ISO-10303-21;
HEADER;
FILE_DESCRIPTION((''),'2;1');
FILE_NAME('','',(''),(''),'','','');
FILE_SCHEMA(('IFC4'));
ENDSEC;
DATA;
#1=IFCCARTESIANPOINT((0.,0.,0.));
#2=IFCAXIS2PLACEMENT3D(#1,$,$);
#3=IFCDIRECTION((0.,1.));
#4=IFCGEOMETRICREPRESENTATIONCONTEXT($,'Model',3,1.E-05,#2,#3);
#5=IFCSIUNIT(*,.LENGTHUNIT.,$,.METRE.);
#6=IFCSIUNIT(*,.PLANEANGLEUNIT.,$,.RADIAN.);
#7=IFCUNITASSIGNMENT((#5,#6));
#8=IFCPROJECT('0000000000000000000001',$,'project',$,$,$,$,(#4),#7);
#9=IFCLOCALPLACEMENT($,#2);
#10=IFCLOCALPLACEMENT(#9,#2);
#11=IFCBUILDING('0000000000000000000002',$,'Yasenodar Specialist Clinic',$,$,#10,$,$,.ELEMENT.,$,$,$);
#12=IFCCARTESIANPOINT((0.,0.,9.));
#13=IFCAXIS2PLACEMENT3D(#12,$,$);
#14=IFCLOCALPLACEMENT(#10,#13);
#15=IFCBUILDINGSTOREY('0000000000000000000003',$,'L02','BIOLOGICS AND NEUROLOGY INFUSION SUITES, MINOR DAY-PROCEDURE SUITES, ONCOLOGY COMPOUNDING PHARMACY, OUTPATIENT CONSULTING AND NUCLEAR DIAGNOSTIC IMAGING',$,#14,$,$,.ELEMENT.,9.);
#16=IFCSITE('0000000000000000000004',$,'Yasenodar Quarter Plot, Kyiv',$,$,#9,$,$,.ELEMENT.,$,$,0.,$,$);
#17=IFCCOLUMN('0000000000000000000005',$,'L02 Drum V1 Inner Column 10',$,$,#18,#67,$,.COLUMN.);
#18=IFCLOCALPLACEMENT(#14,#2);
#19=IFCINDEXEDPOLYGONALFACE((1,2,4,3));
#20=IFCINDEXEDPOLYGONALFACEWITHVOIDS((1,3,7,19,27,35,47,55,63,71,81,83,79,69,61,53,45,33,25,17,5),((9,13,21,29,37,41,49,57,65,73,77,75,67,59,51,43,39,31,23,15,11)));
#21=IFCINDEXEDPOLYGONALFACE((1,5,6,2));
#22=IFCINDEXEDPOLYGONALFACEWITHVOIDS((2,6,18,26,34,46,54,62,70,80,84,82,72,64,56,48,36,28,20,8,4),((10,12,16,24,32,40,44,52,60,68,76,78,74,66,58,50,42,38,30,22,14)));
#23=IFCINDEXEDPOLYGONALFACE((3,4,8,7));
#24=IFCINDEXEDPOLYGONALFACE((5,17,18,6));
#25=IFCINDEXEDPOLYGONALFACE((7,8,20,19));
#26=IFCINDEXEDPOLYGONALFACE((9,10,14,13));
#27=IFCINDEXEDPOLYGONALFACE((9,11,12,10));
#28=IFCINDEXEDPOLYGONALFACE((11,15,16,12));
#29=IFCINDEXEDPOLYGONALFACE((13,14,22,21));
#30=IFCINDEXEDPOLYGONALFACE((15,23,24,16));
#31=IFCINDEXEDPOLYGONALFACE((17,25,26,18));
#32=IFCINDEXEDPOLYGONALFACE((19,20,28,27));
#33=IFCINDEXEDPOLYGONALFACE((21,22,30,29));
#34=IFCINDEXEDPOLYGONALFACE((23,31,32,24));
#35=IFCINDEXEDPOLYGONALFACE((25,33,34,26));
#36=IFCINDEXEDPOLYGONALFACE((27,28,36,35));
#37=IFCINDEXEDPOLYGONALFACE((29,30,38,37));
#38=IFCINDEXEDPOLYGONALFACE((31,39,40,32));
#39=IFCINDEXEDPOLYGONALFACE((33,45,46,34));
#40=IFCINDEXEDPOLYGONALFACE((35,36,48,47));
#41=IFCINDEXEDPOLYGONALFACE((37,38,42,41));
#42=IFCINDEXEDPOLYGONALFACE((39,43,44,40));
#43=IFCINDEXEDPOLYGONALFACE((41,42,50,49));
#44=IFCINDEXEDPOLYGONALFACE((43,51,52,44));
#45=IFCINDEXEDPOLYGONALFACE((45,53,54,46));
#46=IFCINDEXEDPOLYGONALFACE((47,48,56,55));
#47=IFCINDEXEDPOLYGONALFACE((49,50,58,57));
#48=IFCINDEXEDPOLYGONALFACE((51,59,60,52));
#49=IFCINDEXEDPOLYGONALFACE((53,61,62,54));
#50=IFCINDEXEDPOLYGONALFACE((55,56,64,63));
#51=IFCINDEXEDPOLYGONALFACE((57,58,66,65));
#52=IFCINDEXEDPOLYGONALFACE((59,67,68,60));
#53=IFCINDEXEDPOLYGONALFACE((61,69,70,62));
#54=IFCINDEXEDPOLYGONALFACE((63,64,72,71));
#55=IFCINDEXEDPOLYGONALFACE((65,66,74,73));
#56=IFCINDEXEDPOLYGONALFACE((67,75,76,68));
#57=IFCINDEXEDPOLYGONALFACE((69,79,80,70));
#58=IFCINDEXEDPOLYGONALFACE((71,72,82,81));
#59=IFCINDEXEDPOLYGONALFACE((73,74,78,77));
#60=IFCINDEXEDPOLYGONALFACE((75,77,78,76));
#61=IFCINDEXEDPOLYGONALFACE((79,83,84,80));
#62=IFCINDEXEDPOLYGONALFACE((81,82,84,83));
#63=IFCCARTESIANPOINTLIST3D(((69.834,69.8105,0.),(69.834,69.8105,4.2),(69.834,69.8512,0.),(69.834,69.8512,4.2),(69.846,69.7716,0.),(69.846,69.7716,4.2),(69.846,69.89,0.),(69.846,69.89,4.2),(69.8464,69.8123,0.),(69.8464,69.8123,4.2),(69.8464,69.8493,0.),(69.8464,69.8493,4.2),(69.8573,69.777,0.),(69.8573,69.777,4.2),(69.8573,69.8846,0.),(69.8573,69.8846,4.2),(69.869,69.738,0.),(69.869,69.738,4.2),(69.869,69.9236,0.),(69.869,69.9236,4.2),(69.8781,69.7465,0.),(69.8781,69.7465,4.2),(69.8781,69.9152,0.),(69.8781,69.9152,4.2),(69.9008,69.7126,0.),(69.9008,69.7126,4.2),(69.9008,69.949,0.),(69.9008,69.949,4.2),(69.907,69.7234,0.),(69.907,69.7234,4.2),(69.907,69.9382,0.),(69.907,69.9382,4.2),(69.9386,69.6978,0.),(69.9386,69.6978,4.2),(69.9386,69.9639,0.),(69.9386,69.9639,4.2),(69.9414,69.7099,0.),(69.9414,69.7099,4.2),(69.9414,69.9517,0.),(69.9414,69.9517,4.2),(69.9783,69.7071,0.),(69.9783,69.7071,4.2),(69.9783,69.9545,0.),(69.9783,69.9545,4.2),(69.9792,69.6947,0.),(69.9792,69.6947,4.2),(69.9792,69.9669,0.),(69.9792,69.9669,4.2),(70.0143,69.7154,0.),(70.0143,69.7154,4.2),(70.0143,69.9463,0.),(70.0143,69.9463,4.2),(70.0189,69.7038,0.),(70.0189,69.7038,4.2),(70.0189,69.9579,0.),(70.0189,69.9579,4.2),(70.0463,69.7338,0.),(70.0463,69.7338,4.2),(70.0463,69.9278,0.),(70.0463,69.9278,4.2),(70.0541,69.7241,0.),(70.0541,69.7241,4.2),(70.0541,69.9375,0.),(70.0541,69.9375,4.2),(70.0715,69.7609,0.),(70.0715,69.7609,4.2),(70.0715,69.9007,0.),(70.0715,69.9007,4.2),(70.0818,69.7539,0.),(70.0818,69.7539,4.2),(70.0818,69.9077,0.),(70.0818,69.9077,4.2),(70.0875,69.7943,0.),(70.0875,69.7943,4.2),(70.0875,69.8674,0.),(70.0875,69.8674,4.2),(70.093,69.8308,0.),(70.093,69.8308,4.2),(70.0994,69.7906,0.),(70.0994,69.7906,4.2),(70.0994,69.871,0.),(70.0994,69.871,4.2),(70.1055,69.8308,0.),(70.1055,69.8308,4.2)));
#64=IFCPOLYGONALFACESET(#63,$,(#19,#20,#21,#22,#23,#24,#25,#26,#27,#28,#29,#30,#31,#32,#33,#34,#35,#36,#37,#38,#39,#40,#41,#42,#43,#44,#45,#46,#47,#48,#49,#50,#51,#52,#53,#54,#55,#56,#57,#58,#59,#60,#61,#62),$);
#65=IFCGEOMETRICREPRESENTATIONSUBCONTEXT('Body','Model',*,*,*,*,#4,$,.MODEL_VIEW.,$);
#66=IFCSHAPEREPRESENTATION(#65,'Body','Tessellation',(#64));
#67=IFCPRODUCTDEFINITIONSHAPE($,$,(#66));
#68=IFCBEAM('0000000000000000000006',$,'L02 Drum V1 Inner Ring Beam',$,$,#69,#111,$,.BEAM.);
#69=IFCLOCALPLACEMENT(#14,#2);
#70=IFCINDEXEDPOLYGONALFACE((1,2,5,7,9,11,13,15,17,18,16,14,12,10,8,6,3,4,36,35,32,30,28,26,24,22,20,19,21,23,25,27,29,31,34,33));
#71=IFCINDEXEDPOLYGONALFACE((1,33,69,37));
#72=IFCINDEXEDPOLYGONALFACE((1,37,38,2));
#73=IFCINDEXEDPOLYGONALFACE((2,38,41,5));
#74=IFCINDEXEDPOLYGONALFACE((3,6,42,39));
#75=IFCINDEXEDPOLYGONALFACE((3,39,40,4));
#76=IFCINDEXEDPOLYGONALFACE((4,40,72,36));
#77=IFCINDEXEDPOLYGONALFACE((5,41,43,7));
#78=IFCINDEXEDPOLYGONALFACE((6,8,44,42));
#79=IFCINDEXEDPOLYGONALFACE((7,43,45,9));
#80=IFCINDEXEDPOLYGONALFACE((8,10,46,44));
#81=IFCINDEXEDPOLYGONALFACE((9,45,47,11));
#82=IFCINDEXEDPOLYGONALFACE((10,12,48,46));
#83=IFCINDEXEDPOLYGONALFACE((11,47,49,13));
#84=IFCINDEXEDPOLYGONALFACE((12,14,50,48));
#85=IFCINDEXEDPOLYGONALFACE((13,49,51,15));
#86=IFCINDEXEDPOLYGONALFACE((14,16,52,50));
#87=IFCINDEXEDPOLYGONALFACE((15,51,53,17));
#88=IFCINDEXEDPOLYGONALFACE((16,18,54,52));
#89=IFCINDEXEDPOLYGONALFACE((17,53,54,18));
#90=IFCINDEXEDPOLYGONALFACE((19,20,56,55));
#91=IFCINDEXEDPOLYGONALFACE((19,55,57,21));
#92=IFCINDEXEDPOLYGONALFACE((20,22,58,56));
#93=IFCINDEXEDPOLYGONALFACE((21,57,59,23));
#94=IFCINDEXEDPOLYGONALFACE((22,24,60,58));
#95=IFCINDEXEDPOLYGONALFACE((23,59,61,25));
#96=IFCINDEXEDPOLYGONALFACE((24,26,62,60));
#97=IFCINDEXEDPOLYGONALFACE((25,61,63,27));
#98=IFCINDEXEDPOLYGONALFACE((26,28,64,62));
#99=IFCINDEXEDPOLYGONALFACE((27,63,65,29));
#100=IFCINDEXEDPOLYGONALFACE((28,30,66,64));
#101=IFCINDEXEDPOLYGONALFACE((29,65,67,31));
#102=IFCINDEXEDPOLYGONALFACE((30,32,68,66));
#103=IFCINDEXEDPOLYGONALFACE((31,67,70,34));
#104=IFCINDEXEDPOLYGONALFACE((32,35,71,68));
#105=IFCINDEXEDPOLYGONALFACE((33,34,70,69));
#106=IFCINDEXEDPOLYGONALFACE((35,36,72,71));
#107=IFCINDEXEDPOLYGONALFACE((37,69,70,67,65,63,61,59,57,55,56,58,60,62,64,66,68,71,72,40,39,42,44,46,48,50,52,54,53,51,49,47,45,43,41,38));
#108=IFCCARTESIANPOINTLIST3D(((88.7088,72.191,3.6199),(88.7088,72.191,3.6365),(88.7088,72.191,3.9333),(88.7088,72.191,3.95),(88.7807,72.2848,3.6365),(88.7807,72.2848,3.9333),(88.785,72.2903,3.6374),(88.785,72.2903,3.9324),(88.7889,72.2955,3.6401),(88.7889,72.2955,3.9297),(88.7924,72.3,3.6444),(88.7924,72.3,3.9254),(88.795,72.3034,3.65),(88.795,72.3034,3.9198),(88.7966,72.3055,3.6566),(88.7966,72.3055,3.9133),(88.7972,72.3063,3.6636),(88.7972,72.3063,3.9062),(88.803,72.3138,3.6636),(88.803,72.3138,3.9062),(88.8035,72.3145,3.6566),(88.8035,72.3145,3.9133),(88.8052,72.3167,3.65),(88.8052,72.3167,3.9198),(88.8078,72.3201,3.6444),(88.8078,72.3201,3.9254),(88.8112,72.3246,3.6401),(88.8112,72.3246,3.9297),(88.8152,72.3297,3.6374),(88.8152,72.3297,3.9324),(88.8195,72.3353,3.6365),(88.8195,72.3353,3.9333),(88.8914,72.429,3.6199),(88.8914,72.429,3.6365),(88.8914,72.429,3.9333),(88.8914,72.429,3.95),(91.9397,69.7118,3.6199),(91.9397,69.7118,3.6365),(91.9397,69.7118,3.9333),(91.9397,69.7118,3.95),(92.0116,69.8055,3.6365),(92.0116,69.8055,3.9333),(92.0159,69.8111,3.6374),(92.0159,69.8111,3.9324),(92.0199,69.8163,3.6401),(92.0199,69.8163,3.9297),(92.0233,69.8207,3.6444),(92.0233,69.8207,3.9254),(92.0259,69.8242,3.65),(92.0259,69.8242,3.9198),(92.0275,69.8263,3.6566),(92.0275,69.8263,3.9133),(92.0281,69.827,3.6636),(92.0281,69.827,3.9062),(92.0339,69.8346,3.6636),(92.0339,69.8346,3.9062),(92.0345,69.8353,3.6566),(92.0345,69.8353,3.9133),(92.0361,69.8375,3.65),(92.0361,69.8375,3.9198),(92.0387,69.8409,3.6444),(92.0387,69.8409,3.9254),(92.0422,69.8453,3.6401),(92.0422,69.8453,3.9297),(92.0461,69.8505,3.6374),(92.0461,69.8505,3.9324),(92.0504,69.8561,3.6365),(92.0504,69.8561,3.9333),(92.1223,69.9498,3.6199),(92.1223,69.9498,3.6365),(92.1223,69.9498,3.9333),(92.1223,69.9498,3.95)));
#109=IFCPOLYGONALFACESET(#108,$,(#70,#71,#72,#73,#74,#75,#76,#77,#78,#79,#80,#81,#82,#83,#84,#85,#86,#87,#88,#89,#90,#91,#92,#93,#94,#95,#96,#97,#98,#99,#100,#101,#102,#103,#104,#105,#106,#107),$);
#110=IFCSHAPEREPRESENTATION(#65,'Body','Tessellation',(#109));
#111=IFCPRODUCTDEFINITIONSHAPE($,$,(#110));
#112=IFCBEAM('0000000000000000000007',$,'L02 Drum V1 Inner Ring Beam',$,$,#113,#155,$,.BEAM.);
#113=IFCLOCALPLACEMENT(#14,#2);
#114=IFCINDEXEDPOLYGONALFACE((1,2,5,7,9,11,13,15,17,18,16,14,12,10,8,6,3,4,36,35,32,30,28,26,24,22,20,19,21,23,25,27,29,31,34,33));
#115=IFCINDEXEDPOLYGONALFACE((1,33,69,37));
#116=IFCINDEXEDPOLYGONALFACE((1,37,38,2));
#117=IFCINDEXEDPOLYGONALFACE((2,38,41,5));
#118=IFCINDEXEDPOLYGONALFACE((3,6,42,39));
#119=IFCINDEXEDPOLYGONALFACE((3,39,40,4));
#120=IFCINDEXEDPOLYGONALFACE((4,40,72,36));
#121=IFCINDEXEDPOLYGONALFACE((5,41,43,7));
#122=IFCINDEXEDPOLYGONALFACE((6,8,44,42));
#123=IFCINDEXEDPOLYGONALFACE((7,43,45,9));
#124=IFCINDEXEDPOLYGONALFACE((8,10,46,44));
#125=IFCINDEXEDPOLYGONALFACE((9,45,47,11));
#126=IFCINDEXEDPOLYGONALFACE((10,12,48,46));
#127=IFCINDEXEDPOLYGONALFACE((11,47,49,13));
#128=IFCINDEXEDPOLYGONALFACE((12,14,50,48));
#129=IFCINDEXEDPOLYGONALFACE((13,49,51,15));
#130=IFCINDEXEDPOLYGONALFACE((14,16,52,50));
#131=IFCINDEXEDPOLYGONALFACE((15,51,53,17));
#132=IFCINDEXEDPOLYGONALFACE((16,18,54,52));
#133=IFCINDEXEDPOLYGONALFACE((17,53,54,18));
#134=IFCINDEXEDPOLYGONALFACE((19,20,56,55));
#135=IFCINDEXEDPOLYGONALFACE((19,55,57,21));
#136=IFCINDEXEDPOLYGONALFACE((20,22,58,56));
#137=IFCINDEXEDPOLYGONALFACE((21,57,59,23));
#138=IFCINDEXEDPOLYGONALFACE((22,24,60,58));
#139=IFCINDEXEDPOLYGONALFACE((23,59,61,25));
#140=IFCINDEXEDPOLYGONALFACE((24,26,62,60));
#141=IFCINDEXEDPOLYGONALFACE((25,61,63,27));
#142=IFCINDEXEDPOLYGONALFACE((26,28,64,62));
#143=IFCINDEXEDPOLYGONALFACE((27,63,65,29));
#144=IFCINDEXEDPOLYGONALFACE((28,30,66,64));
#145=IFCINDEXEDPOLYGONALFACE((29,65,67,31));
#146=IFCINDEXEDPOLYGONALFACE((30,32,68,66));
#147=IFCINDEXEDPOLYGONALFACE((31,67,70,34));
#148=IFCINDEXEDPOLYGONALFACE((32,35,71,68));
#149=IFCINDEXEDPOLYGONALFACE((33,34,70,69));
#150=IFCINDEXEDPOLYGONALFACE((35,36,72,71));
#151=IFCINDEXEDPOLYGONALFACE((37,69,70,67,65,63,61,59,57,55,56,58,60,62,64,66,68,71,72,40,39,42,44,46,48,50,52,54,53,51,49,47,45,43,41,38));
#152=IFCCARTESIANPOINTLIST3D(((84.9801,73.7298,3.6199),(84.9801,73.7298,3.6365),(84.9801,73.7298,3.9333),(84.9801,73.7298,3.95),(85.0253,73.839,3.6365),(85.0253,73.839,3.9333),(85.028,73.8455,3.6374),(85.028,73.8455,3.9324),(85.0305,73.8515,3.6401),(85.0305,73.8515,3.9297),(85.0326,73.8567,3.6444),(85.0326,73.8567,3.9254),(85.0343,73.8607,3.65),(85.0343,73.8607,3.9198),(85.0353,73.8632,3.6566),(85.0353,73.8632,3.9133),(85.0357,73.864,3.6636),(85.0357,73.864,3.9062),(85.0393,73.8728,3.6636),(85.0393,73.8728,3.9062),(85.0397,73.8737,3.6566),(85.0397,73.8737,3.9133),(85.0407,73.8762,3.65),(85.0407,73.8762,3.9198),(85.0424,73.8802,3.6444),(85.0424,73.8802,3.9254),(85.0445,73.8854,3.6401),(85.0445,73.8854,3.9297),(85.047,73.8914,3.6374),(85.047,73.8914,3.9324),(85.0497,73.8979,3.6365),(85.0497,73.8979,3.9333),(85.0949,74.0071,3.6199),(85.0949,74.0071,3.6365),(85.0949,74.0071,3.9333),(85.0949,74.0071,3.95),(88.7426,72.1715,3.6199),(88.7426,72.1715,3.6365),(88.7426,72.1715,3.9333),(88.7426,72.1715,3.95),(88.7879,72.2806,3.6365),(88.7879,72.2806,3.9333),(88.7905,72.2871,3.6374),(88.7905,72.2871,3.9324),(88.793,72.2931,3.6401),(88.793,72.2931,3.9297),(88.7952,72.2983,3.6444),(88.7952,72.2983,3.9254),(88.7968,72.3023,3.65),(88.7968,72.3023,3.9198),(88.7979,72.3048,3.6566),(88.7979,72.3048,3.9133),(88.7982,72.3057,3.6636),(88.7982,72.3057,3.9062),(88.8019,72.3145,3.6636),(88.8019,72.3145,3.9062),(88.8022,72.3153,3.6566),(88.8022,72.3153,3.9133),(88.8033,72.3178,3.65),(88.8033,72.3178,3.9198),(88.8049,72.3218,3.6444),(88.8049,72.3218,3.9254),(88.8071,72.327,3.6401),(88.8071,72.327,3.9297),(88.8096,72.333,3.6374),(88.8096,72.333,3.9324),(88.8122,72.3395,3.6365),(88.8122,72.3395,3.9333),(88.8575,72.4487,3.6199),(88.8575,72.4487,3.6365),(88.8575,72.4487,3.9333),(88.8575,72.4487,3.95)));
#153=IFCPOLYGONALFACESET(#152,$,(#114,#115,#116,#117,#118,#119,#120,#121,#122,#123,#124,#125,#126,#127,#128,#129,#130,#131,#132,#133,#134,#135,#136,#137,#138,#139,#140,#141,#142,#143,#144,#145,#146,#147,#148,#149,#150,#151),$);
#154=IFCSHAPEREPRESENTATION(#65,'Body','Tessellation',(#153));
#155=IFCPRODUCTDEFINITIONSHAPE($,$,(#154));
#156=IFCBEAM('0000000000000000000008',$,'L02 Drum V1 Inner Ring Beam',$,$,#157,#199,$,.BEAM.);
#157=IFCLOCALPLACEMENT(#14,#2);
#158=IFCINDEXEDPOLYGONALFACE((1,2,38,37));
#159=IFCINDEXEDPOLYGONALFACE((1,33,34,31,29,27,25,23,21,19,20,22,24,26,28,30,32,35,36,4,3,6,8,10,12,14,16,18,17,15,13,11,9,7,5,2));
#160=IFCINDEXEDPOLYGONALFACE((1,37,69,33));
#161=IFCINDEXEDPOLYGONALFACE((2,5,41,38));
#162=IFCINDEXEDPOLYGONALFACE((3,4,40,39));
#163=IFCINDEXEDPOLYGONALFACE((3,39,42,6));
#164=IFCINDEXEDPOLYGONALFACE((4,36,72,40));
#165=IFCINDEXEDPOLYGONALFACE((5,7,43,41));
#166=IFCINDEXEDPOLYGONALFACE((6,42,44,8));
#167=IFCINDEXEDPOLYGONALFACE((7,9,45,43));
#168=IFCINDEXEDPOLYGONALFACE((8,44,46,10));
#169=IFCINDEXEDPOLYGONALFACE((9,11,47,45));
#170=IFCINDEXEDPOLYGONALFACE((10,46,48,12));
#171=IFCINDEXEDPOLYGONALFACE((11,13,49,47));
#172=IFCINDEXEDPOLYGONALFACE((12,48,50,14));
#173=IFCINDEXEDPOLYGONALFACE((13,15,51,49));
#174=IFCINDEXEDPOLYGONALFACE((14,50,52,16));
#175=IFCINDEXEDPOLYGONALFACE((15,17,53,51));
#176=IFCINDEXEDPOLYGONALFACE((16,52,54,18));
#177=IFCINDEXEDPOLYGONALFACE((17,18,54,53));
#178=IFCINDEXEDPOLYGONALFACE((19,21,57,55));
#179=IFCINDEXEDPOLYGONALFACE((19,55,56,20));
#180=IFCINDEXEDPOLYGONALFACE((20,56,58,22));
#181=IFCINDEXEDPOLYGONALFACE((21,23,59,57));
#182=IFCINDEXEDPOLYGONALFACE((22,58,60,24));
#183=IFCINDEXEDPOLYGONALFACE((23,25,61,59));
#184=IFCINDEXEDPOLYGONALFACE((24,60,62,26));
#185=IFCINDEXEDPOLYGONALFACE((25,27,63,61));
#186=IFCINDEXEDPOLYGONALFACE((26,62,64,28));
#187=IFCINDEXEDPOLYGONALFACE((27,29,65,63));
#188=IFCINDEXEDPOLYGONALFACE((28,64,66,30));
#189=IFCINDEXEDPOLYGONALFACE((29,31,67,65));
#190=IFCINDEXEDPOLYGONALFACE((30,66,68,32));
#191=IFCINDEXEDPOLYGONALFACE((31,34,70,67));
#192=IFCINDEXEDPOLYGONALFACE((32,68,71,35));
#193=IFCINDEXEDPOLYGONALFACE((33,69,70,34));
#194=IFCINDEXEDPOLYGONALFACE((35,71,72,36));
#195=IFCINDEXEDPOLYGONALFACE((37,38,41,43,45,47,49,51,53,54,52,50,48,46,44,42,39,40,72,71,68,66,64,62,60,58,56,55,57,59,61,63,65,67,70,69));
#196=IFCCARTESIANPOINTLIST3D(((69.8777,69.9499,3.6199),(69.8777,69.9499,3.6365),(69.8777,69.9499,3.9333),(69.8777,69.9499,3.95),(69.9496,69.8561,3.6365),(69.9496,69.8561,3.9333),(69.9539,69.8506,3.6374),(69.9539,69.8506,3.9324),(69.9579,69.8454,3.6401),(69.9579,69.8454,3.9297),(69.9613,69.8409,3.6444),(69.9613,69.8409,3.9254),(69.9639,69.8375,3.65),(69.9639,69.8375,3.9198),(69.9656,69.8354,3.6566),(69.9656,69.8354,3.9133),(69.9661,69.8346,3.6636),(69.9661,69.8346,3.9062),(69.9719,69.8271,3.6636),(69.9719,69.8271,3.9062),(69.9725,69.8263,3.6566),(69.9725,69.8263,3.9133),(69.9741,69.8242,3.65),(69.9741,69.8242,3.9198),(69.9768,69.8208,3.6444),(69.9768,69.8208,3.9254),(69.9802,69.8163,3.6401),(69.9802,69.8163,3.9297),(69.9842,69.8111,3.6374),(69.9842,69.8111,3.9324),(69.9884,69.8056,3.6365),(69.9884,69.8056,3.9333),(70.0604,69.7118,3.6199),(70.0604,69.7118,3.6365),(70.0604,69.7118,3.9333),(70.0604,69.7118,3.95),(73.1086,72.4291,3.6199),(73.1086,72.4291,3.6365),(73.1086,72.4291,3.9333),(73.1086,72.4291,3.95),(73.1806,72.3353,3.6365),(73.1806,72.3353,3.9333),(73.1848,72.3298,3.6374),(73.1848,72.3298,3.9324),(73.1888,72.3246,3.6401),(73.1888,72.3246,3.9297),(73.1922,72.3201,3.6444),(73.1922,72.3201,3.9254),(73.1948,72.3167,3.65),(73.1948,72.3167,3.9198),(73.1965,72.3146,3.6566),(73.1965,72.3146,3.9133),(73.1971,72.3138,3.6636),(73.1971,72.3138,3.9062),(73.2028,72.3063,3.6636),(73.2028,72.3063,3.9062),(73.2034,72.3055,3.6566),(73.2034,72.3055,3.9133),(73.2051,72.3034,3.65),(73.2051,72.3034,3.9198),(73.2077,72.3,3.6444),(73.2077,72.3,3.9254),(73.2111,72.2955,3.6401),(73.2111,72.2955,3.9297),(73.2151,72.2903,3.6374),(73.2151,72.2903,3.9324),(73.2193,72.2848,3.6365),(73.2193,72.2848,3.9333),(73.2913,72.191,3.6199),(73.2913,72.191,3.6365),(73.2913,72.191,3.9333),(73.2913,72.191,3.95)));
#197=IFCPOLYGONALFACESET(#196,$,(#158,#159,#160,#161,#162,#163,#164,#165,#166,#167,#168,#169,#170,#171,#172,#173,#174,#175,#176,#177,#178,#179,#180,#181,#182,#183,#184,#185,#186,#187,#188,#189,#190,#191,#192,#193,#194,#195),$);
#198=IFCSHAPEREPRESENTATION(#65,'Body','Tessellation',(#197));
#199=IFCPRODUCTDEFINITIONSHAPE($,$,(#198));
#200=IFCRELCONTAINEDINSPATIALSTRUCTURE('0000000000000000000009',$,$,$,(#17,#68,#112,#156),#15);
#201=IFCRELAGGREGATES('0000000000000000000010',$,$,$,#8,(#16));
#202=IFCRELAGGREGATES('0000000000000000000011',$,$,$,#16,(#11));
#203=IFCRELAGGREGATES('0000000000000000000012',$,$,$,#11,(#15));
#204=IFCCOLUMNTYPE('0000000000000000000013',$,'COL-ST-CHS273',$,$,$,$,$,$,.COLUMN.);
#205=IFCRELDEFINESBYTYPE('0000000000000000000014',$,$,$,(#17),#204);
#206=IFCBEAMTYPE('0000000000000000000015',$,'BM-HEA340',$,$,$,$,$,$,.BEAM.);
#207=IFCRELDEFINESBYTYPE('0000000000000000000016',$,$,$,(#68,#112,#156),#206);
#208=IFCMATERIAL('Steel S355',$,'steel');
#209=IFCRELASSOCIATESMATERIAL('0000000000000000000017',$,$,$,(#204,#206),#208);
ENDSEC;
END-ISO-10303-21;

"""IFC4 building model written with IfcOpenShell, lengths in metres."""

from ifc_helpers import new_model, si_unit, direction, frame, origin, origin_2d, place, context, subcontext, project, spatial, hollow_circle, i_section, extrude, material, material_profile, profile_set, type_object, element, save


model = new_model("IFC4")

# Units and contexts
model_context = context("Model", 3, precision=1e-05, world=origin(), true_north=direction((0.0, 1.0)))
body_context = subcontext(model_context, "Body", "Model", "MODEL_VIEW")
ifc_project = project(units=[si_unit("LENGTHUNIT", "METRE"), si_unit("PLANEANGLEUNIT", "RADIAN")], contexts=[model_context])

# Site, building, storey
site_placement = place(None, origin())
site = spatial("IfcSite", under=ifc_project, at=site_placement, Name="Yasenodar Quarter Plot, Kyiv", CompositionType="ELEMENT", RefElevation=0.0)
building_placement = place(site_placement, origin())
building = spatial("IfcBuilding", under=site, at=building_placement, Name="Yasenodar Specialist Clinic", CompositionType="ELEMENT")
storey_placement = place(building_placement, frame((0.0, 0.0, 9.0)))
storey = spatial("IfcBuildingStorey", under=building, at=storey_placement, Name="L02", Description="BIOLOGICS AND NEUROLOGY INFUSION SUITES, MINOR DAY-PROCEDURE SUITES, ONCOLOGY COMPOUNDING PHARMACY, OUTPATIENT CONSULTING AND NUCLEAR DIAGNOSTIC IMAGING", CompositionType="ELEMENT", Elevation=9.0)

# Column
ifc_material_1 = material(Name="Steel S355", Category="steel")
ifc_material_profile_1 = material_profile(ifc_material_1, hollow_circle(Radius=0.1365, WallThickness=0.0125, at=origin_2d()), Name="CHS 273x12.5")
ifc_profile_set_1 = profile_set([ifc_material_profile_1], Name="Steel S355")
column_type = type_object("IfcColumnType", Name="COL-ST-CHS273", PredefinedType="COLUMN", material=ifc_profile_set_1)
for number, where, z_axis, x_axis, name in (
    (1, (69.969, 69.8308, 0.0), (0.0, 0.0, 1.0), (1.0, 0.0, 0.0), "L02 Drum V1 Inner Column 10"),
):
    element("IfcColumn", number, at=place(storey_placement, frame(where, z_axis=z_axis, x_axis=x_axis)), inside=storey, type_object=column_type, Name=name, PredefinedType="COLUMN", context=body_context, shape_type="SweptSolid", body=[
        extrude(hollow_circle(Radius=0.1365, WallThickness=0.0125, at=origin_2d()), origin(), (0.0, 0.0, 1.0), 4.2),
    ])

# Beams
ifc_material_profile_2 = material_profile(ifc_material_1, i_section(OverallWidth=0.3, OverallDepth=0.3301, WebThickness=0.0095, FlangeThickness=0.0166, FilletRadius=0.0271, at=origin_2d()), Name="HEA 340")
ifc_profile_set_2 = profile_set([ifc_material_profile_2], Name="Steel S355")
beam_type_1 = type_object("IfcBeamType", Name="BM-HEA340", PredefinedType="BEAM", material=ifc_profile_set_2)
for number, where, z_axis, x_axis, name in (
    (2, (92.031, 69.8308, 3.7849), (-0.793348, 0.608769, 0.0), (-0.608769, -0.793348, 0.0), "L02 Drum V1 Inner Ring Beam"),
    (3, (88.8, 72.3101, 3.7849), (-0.923889, 0.382661, 0.0), (-0.382661, -0.923889, 0.0), "L02 Drum V1 Inner Ring Beam"),
    (4, (73.2, 72.3101, 3.7849), (-0.793348, -0.608769, 0.0), (0.608769, -0.793348, 0.0), "L02 Drum V1 Inner Ring Beam"),
):
    element("IfcBeam", number, at=place(storey_placement, frame(where, z_axis=z_axis, x_axis=x_axis)), inside=storey, type_object=beam_type_1, Name=name, PredefinedType="BEAM", context=body_context, shape_type="SweptSolid", body=[
        extrude(i_section(OverallWidth=0.3, OverallDepth=0.3301, WebThickness=0.0095, FlangeThickness=0.0166, FilletRadius=0.0271, at=origin_2d()), origin(), (0.0, 0.0, 1.0), 4.0725),
    ])

save(model, "model.ifc")
